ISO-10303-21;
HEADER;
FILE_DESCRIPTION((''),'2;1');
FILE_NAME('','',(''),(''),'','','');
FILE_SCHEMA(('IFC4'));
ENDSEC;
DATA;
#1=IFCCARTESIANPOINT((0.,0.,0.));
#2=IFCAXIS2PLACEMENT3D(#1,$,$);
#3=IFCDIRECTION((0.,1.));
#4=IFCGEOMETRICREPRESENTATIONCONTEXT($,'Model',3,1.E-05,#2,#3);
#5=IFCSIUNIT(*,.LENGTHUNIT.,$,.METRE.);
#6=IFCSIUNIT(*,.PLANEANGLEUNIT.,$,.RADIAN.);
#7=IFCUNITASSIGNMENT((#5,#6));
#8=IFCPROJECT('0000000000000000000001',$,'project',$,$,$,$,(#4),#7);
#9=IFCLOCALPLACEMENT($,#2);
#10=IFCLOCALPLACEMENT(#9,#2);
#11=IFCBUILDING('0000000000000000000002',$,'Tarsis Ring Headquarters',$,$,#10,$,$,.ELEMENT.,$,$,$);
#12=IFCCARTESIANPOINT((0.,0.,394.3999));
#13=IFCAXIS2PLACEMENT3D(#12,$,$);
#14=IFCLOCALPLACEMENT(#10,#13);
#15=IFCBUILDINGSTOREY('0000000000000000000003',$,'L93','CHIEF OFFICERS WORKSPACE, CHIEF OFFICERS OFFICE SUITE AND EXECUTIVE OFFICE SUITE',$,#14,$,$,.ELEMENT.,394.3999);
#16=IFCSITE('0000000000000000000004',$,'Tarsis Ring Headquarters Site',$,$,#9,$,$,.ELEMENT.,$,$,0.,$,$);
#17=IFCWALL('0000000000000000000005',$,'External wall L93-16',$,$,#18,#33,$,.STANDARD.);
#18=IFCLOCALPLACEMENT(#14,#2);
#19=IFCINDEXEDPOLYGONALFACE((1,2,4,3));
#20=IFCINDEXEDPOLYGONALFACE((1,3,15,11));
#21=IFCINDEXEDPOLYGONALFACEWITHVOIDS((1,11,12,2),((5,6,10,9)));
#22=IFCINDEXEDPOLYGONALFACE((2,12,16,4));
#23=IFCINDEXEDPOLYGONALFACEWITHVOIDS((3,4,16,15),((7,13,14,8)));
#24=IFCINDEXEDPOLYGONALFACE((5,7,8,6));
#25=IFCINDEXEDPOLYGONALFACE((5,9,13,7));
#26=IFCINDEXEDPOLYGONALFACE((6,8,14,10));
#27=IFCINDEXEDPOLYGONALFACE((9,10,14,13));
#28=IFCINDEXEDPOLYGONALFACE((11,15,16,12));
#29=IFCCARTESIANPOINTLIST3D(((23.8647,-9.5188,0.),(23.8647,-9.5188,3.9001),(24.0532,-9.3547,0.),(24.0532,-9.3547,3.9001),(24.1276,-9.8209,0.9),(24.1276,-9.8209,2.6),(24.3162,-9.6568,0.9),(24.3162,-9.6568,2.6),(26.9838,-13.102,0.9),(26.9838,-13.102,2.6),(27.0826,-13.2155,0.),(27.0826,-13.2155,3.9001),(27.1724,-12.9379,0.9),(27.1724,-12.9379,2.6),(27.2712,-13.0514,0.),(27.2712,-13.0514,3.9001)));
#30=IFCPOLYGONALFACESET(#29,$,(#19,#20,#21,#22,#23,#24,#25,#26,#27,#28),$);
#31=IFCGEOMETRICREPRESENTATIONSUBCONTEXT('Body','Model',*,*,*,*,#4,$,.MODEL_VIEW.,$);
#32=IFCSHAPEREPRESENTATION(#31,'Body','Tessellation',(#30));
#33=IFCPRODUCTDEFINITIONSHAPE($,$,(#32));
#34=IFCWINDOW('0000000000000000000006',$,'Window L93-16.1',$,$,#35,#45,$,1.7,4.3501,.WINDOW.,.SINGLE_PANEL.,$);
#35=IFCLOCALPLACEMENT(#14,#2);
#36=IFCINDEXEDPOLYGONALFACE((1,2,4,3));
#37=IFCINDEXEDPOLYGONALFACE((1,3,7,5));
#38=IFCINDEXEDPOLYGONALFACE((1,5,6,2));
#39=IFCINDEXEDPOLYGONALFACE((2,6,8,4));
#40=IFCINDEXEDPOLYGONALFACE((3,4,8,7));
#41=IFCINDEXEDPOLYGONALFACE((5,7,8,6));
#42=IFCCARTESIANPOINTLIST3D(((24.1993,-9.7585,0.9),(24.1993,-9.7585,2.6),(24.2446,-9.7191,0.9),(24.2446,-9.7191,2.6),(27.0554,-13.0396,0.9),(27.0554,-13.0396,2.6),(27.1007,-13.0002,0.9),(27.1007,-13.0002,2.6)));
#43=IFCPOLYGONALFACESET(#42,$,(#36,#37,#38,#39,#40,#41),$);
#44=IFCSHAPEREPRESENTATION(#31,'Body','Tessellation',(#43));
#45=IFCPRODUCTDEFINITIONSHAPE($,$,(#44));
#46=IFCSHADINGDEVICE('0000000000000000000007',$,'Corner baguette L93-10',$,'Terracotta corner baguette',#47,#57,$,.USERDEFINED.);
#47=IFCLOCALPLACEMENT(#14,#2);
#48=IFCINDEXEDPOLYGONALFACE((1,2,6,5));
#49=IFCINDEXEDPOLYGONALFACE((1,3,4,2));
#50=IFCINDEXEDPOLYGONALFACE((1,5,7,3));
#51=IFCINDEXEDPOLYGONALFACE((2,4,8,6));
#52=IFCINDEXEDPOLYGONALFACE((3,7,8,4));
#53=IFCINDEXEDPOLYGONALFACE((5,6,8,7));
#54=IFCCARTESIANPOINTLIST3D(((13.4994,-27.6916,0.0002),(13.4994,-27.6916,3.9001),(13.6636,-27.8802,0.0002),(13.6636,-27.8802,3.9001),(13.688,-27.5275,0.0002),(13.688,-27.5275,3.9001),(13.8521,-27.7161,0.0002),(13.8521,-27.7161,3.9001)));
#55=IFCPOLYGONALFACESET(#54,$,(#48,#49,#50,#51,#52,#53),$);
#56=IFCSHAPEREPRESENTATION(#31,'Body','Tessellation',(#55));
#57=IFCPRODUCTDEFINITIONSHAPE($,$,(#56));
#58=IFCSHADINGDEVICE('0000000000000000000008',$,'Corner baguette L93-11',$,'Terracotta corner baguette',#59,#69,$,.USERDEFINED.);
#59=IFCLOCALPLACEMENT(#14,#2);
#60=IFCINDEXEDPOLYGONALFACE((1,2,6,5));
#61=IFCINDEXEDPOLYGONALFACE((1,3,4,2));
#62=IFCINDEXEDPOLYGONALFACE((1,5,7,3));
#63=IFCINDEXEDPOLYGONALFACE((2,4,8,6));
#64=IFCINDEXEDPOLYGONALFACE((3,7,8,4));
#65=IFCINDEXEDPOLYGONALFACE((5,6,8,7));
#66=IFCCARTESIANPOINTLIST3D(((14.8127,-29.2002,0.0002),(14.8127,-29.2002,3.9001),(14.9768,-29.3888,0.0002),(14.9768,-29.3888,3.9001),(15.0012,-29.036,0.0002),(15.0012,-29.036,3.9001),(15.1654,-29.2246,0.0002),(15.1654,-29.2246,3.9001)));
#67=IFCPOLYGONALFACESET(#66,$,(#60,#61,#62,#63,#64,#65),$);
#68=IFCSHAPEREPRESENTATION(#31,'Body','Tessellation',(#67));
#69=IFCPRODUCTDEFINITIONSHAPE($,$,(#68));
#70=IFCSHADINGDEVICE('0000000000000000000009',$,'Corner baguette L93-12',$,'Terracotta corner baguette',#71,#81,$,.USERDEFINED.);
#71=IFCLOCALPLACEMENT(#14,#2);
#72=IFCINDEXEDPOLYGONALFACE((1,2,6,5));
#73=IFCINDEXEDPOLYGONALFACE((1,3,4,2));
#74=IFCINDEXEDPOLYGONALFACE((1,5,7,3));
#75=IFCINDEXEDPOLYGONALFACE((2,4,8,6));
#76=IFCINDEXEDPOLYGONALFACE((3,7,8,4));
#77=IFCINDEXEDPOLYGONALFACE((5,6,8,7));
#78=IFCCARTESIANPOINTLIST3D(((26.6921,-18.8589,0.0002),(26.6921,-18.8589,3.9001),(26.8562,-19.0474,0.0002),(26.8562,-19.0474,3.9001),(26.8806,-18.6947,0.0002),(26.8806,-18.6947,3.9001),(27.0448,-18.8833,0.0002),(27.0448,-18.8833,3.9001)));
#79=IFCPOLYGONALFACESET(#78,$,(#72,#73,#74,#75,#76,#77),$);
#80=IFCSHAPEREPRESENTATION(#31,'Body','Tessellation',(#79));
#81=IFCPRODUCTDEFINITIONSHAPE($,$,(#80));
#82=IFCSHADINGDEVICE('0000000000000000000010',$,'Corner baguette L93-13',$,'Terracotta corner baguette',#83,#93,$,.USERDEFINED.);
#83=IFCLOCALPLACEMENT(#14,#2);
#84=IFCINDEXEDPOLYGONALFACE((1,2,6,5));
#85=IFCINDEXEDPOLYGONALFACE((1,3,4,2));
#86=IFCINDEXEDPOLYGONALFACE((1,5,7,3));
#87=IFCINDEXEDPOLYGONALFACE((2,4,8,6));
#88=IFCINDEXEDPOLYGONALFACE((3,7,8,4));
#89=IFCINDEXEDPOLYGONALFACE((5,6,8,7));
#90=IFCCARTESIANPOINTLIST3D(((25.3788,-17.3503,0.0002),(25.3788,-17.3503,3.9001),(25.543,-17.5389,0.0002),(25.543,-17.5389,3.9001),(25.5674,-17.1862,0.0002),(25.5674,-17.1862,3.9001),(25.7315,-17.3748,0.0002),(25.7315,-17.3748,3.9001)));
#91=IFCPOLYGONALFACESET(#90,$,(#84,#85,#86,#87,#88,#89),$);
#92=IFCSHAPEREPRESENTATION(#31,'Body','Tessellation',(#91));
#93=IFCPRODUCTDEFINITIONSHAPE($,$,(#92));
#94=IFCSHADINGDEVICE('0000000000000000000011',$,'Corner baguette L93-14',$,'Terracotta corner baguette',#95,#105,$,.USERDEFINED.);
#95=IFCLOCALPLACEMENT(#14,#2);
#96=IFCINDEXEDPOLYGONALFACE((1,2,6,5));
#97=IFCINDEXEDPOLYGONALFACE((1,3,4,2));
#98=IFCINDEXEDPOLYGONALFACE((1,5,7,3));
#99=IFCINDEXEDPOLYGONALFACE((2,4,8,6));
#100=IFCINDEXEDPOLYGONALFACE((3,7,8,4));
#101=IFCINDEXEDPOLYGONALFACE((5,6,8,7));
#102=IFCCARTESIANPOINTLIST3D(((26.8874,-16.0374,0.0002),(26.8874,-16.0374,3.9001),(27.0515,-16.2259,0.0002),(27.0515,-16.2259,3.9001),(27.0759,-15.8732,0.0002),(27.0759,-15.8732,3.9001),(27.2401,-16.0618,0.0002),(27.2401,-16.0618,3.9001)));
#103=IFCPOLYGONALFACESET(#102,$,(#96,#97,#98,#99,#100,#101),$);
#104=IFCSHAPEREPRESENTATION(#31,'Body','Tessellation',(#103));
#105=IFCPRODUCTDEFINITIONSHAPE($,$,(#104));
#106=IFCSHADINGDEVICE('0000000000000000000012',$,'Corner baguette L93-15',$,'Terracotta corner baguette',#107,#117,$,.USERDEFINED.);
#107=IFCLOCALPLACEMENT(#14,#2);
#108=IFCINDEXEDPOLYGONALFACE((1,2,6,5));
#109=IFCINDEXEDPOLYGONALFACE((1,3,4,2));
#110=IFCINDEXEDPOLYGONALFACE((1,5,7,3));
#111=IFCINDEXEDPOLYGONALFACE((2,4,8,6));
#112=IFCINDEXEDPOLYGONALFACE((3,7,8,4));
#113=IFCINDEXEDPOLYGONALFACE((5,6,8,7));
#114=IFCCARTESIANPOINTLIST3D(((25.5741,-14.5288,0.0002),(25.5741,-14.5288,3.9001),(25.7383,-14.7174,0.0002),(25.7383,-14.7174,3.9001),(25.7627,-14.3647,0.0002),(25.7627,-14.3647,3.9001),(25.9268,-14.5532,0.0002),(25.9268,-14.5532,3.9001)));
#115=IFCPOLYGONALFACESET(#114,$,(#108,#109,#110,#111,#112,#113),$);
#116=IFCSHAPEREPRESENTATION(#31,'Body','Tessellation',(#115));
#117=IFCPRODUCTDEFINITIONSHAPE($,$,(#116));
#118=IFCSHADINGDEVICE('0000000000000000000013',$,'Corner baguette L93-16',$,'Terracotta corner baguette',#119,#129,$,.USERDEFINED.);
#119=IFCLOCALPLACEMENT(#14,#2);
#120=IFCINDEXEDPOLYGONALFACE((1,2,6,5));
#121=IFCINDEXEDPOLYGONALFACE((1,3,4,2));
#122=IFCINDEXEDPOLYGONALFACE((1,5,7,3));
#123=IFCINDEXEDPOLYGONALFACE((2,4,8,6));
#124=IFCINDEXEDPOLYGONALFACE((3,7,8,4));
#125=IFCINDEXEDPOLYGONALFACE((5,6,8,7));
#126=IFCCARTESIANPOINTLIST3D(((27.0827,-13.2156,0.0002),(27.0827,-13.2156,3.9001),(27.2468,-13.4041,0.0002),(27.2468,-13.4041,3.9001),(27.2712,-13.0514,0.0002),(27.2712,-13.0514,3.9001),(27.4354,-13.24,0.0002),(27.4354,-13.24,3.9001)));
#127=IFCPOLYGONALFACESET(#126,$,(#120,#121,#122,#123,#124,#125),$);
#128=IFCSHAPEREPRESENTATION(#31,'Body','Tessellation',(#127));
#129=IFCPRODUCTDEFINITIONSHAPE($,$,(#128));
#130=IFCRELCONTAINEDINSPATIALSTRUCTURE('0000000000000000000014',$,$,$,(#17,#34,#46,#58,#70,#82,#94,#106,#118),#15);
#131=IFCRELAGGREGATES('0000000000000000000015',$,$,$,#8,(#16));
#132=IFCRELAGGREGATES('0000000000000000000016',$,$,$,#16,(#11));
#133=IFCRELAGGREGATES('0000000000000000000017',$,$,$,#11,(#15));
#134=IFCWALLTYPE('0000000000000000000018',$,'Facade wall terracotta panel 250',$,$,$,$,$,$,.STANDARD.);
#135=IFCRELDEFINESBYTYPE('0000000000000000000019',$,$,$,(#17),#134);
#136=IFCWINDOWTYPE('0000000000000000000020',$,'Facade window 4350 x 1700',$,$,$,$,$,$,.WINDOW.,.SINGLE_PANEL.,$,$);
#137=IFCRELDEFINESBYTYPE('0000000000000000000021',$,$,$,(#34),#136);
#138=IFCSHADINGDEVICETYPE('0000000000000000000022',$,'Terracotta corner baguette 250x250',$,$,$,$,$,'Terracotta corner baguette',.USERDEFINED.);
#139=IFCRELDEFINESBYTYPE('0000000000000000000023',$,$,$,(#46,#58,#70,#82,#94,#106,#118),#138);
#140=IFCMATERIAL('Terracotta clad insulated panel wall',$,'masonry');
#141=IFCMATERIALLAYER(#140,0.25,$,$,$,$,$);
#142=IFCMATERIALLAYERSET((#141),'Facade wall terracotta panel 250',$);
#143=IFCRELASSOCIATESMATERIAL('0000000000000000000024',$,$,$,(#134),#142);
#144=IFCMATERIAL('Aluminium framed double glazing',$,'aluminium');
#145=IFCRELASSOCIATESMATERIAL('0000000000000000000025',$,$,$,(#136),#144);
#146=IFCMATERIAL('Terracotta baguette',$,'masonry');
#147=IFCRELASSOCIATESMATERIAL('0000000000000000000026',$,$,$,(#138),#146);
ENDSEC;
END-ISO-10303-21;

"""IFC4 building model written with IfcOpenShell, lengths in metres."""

from ifc_helpers import new_model, si_unit, direction, frame, frame_2d, origin, origin_2d, place, context, subcontext, project, spatial, rectangle, extrude, material, layer, layer_set, type_object, element, fill, save


model = new_model("IFC4")

# Units and contexts
model_context = context("Model", 3, precision=1e-05, world=origin(), true_north=direction((0.0, 1.0)))
body_context = subcontext(model_context, "Body", "Model", "MODEL_VIEW")
ifc_project = project(units=[si_unit("LENGTHUNIT", "METRE"), si_unit("PLANEANGLEUNIT", "RADIAN")], contexts=[model_context])

# Site, building, storey
site_placement = place(None, origin())
site = spatial("IfcSite", under=ifc_project, at=site_placement, Name="Tarsis Ring Headquarters Site", CompositionType="ELEMENT", RefElevation=0.0)
building_placement = place(site_placement, origin())
building = spatial("IfcBuilding", under=site, at=building_placement, Name="Tarsis Ring Headquarters", CompositionType="ELEMENT")
storey_placement = place(building_placement, frame((0.0, 0.0, 394.3999)))
storey = spatial("IfcBuildingStorey", under=building, at=storey_placement, Name="L93", Description="CHIEF OFFICERS WORKSPACE, CHIEF OFFICERS OFFICE SUITE AND EXECUTIVE OFFICE SUITE", CompositionType="ELEMENT", Elevation=394.3999)

# Shared definitions
ifc_material_1 = material(Name="Terracotta clad insulated panel wall", Category="masonry")
ifc_layer_1 = layer(ifc_material_1, 0.25)
ifc_layer_set_1 = layer_set([ifc_layer_1], Name="Facade wall terracotta panel 250")
wall_type_1 = type_object("IfcWallType", Name="Facade wall terracotta panel 250", PredefinedType="STANDARD", material=ifc_layer_set_1)

# Wall, opening, window
wall_1_placement = place(storey_placement, frame((27.177, -13.1335, 0.0), z_axis=(0.0, 0.0, 1.0), x_axis=(-0.656577, 0.754259, 0.0)))
wall_1 = element("IfcWall", 1, at=wall_1_placement, inside=storey, type_object=wall_type_1, Name="External wall L93-16", PredefinedType="STANDARD", context=body_context, shape_type="SweptSolid", body=[
    extrude(rectangle(XDim=4.9011, YDim=0.25, at=frame_2d((2.4507, 0.0))), origin(), (0.0, 0.0, 1.0), 3.9001),
])
opening_placement = place(wall_1_placement, frame((0.1506, 0.0, 0.8999)))
opening = element("IfcOpeningElement", 2, at=opening_placement, cuts=wall_1, PredefinedType="OPENING", context=body_context, shape_type="SweptSolid", body=[
    extrude(rectangle(XDim=4.3501, YDim=1.7, at=frame_2d((2.175, 0.8501))), frame((0.0, 0.135, 0.0), z_axis=(0.0, -1.0, 0.0), x_axis=(1.0, 0.0, 0.0)), (0.0, 0.0, 1.0), 0.27),
])
ifc_material_2 = material(Name="Aluminium framed double glazing", Category="aluminium")
window_type = type_object("IfcWindowType", Name="Facade window 4350 x 1700", PartitioningType="SINGLE_PANEL", PredefinedType="WINDOW", material=ifc_material_2)
window_placement = place(opening_placement, origin())
window = element("IfcWindow", 3, at=window_placement, inside=storey, type_object=window_type, Name="Window L93-16.1", OverallHeight=1.7, OverallWidth=4.3501, PartitioningType="SINGLE_PANEL", PredefinedType="WINDOW", context=body_context, shape_type="SweptSolid", body=[
    extrude(rectangle(XDim=4.3501, YDim=1.7, at=frame_2d((2.175, 0.8501))), frame((0.0, 0.03, 0.0), z_axis=(0.0, -1.0, 0.0), x_axis=(1.0, 0.0, 0.0)), (0.0, 0.0, 1.0), 0.0601),
])
fill(opening, window)

# Shading devices
ifc_material_3 = material(Name="Terracotta baguette", Category="masonry")
shading_device_type_1 = type_object("IfcShadingDeviceType", Name="Terracotta corner baguette 250x250", ElementType="Terracotta corner baguette", PredefinedType="USERDEFINED", material=ifc_material_3)
for number, where, z_axis, x_axis, name in (
    (4, (13.6758, -27.7039, 0.0002), (0.0, 0.0, 1.0), (0.754251, 0.656586, 0.0), "Corner baguette L93-10"),
    (5, (14.989, -29.2124, 0.0002), (0.0, 0.0, 1.0), (0.656586, -0.754252, 0.0), "Corner baguette L93-11"),
    (6, (26.8684, -18.8711, 0.0002), (0.0, 0.0, 1.0), (0.754251, 0.656586, 0.0), "Corner baguette L93-12"),
    (7, (25.5552, -17.3625, 0.0002), (0.0, 0.0, 1.0), (-0.656586, 0.754251, 0.0), "Corner baguette L93-13"),
    (8, (27.0637, -16.0496, 0.0002), (0.0, 0.0, 1.0), (0.754252, 0.656586, 0.0), "Corner baguette L93-14"),
    (9, (25.7505, -14.541, 0.0002), (0.0, 0.0, 1.0), (-0.656586, 0.754252, 0.0), "Corner baguette L93-15"),
    (10, (27.259, -13.2278, 0.0002), (0.0, 0.0, 1.0), (0.754251, 0.656586, 0.0), "Corner baguette L93-16"),
):
    element("IfcShadingDevice", number, at=place(storey_placement, frame(where, z_axis=z_axis, x_axis=x_axis)), inside=storey, type_object=shading_device_type_1, Name=name, ObjectType="Terracotta corner baguette", PredefinedType="USERDEFINED", context=body_context, shape_type="SweptSolid", body=[
        extrude(rectangle(XDim=0.25, YDim=0.25, at=origin_2d()), origin(), (0.0, 0.0, 1.0), 3.8999),
    ])

save(model, "model.ifc")
